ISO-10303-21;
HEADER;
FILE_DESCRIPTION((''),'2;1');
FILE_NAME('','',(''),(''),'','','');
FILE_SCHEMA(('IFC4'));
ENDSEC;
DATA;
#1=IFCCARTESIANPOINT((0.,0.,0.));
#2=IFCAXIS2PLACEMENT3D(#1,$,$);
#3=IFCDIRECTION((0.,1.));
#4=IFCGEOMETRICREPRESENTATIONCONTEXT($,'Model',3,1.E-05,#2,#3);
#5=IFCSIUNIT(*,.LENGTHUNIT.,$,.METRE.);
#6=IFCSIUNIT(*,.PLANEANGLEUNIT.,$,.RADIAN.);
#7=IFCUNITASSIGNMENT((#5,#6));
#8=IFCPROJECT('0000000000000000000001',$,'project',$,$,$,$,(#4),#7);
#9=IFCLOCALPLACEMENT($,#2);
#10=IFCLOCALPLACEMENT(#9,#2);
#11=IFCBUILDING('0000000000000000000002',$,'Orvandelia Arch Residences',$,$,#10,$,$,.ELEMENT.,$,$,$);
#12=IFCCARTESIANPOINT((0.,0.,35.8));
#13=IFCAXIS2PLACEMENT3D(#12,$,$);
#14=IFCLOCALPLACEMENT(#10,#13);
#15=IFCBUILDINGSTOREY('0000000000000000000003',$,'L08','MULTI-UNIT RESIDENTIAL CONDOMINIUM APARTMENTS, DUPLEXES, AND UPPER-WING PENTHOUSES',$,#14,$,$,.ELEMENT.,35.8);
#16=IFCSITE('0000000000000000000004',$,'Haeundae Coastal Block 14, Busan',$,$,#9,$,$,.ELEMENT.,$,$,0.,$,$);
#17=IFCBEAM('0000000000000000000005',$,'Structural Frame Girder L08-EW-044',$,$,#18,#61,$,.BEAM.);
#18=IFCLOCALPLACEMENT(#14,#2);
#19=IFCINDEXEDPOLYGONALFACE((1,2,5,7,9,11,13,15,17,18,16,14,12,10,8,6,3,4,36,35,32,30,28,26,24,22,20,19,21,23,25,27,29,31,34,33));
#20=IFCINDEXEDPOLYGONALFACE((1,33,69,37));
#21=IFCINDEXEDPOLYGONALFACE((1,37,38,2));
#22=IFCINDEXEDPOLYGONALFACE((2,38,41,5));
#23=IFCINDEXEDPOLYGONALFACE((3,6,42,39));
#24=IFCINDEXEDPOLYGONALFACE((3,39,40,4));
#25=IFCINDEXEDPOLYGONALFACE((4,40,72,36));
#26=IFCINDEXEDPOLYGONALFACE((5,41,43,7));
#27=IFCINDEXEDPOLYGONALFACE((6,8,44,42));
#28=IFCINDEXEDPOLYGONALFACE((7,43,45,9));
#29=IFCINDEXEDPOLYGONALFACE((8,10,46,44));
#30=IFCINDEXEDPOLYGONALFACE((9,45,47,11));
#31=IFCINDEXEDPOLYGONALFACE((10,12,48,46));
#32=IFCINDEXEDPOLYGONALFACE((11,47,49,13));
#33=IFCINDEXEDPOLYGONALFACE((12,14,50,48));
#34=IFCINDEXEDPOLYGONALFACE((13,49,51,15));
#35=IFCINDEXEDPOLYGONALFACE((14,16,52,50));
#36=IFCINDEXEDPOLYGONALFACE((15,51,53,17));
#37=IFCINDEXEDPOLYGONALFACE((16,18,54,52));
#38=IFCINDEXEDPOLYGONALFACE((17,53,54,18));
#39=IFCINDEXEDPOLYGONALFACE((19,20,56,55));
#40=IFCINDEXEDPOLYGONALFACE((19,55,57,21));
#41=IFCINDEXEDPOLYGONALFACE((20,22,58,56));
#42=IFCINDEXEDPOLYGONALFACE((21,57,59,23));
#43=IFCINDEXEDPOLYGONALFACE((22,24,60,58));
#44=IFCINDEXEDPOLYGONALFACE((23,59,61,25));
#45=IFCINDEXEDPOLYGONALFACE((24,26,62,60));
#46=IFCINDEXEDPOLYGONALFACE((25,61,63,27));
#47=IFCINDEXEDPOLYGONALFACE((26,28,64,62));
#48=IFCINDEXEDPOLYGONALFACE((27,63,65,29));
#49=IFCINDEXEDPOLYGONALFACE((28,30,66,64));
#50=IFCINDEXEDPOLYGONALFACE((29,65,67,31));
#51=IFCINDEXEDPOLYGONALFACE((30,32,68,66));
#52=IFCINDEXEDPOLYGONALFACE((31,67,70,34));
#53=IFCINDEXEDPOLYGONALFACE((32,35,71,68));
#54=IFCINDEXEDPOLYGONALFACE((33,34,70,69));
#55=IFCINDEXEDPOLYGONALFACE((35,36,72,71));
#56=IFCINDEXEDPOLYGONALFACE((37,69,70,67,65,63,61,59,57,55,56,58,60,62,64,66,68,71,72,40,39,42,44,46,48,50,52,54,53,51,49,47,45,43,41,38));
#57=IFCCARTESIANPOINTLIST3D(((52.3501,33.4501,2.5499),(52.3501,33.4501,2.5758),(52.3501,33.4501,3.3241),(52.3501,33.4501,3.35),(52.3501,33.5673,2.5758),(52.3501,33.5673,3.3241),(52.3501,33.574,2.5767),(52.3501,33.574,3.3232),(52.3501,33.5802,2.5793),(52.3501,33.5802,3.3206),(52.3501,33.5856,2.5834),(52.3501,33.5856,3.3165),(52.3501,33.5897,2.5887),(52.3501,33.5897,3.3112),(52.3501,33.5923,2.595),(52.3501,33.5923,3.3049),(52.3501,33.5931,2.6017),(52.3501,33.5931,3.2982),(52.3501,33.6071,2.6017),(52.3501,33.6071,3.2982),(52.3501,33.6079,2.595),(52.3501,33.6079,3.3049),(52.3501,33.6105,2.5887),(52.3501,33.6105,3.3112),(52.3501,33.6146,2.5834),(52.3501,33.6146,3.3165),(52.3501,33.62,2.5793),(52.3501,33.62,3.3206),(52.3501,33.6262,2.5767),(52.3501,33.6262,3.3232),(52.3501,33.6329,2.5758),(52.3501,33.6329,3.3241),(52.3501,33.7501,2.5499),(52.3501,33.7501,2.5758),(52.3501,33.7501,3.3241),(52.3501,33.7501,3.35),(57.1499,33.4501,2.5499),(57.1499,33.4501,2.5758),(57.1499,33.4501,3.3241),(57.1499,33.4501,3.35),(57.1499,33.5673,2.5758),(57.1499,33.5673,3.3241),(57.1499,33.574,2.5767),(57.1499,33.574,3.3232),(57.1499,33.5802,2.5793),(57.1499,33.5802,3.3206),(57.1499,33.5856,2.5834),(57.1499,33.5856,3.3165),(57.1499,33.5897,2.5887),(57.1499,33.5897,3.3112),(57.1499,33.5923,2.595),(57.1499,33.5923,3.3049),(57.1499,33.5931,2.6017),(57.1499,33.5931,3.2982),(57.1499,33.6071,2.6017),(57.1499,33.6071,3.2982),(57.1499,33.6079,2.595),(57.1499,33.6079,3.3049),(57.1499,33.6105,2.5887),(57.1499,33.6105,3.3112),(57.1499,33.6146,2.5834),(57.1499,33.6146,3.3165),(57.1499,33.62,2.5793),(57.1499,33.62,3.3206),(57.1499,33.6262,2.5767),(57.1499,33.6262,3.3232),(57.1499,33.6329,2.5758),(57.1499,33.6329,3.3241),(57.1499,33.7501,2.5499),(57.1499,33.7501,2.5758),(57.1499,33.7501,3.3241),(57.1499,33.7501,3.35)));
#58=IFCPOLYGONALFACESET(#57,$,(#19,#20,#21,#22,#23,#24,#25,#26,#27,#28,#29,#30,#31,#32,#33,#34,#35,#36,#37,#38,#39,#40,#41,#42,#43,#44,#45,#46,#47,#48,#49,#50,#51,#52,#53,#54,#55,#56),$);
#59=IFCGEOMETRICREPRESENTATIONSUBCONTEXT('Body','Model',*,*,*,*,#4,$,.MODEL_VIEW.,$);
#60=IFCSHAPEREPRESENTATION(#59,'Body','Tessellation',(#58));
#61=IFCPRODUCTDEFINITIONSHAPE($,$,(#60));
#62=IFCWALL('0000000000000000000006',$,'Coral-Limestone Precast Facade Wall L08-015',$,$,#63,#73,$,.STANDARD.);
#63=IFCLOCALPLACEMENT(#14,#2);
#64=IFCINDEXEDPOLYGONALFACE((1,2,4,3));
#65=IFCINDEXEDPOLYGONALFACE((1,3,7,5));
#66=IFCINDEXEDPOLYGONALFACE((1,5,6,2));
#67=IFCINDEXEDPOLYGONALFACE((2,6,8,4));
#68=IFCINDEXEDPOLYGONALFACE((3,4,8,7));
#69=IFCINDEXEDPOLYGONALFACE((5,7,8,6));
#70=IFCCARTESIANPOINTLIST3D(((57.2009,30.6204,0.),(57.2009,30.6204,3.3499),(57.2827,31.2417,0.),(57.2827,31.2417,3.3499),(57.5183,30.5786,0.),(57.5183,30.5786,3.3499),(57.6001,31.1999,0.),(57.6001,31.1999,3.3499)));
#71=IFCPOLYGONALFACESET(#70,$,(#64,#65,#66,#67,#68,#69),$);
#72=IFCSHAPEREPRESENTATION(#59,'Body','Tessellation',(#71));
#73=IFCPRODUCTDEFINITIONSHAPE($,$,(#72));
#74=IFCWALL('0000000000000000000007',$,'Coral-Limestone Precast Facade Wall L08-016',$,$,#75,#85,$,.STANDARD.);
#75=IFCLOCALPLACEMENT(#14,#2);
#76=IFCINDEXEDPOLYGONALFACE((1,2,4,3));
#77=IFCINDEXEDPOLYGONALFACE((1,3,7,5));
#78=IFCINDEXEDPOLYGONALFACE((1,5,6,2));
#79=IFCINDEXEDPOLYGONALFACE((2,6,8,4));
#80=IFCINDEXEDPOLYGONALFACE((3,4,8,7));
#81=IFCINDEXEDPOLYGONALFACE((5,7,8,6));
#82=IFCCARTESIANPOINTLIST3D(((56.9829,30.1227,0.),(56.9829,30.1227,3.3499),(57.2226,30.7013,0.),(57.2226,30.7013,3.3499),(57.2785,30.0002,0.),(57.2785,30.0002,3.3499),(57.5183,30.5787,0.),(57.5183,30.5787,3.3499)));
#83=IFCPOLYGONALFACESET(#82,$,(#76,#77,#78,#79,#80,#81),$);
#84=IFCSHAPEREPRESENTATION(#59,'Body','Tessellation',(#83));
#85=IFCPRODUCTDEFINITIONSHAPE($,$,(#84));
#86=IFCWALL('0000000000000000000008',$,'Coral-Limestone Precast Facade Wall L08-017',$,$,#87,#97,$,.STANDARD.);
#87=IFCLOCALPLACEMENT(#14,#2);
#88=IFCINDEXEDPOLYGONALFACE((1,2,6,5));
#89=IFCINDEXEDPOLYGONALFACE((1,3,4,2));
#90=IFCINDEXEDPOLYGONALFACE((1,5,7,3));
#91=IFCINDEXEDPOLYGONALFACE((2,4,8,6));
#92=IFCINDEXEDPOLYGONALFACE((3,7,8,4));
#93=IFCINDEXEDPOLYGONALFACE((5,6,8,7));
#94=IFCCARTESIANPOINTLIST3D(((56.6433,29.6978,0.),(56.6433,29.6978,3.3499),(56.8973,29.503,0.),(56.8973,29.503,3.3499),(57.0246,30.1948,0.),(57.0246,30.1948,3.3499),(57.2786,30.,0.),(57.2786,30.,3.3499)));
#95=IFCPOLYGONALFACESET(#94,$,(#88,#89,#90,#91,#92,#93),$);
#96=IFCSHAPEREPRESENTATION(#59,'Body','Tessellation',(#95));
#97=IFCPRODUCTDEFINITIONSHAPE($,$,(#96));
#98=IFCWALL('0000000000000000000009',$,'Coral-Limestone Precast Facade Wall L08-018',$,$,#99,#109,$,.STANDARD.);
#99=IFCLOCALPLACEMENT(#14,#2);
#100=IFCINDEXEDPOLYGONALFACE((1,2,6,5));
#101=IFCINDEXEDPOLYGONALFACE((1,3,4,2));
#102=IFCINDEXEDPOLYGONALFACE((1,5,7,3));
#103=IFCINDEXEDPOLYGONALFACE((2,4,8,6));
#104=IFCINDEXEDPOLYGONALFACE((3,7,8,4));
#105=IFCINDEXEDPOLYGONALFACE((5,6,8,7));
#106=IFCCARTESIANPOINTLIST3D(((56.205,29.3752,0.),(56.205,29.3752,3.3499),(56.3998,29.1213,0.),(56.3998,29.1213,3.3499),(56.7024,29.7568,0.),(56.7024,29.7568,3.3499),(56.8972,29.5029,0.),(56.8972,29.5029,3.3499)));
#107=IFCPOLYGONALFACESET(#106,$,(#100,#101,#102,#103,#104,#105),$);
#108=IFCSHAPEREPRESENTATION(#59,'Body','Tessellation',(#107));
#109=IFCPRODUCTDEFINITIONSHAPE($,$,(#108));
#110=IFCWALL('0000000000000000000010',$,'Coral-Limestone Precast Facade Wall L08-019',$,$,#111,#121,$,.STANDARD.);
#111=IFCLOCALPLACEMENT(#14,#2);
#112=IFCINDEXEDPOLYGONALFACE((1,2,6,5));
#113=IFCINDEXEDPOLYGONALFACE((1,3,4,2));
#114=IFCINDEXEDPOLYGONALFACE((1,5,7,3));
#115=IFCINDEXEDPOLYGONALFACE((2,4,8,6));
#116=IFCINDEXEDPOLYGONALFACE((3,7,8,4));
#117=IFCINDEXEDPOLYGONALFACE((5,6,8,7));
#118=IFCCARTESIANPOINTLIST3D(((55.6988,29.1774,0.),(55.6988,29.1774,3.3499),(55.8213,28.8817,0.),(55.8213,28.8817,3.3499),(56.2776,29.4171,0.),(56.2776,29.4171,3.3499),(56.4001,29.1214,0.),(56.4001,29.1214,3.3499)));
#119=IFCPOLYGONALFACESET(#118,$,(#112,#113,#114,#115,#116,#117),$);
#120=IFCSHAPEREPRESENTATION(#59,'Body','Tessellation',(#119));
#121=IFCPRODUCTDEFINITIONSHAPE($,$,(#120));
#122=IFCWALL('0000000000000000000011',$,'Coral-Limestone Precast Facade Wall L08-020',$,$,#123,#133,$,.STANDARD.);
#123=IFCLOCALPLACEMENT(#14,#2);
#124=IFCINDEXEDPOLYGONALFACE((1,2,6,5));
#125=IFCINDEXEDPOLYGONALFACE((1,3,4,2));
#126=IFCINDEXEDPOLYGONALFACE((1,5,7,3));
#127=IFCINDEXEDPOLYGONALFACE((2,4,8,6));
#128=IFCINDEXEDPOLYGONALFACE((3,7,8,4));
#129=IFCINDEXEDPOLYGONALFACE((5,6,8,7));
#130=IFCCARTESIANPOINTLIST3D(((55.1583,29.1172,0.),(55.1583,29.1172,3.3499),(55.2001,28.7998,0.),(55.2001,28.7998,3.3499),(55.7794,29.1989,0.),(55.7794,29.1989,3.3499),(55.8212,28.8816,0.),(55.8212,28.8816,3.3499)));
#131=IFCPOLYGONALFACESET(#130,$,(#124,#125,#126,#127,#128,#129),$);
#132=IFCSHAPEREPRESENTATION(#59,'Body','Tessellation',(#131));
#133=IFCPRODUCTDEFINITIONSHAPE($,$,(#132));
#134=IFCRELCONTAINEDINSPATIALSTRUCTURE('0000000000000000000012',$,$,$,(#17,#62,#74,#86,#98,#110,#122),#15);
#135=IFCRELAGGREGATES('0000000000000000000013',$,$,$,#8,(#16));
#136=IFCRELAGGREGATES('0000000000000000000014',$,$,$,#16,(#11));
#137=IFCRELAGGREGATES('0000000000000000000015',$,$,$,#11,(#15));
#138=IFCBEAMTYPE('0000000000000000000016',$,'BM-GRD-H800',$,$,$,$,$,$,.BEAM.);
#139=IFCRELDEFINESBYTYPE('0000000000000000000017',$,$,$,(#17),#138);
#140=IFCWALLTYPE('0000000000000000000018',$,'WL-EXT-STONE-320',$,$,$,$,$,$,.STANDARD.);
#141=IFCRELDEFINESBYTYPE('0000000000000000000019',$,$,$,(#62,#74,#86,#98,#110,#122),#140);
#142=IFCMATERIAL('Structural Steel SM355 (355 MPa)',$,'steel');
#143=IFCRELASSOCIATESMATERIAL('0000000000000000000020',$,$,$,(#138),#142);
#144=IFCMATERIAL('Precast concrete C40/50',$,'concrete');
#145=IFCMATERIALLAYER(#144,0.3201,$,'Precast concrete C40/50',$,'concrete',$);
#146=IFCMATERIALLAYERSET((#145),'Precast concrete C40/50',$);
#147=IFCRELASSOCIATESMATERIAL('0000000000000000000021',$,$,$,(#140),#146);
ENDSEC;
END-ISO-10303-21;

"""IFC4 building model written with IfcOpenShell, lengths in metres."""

from ifc_helpers import new_model, si_unit, direction, frame, frame_2d, origin, origin_2d, place, context, subcontext, project, spatial, rectangle, i_section, extrude, material, layer, layer_set, material_profile, profile_set, type_object, element, save


model = new_model("IFC4")

# Units and contexts
model_context = context("Model", 3, precision=1e-05, world=origin(), true_north=direction((0.0, 1.0)))
body_context = subcontext(model_context, "Body", "Model", "MODEL_VIEW")
ifc_project = project(units=[si_unit("LENGTHUNIT", "METRE"), si_unit("PLANEANGLEUNIT", "RADIAN")], contexts=[model_context])

# Site, building, storey
site_placement = place(None, origin())
site = spatial("IfcSite", under=ifc_project, at=site_placement, Name="Haeundae Coastal Block 14, Busan", CompositionType="ELEMENT", RefElevation=0.0)
building_placement = place(site_placement, origin())
building = spatial("IfcBuilding", under=site, at=building_placement, Name="Orvandelia Arch Residences", CompositionType="ELEMENT")
storey_placement = place(building_placement, frame((0.0, 0.0, 35.8)))
storey = spatial("IfcBuildingStorey", under=building, at=storey_placement, Name="L08", Description="MULTI-UNIT RESIDENTIAL CONDOMINIUM APARTMENTS, DUPLEXES, AND UPPER-WING PENTHOUSES", CompositionType="ELEMENT", Elevation=35.8)

# Beam
ifc_material_1 = material(Name="Structural Steel SM355 (355 MPa)", Category="steel")
ifc_material_profile_1 = material_profile(ifc_material_1, i_section(OverallWidth=0.3, OverallDepth=0.8, WebThickness=0.0139, FlangeThickness=0.0259, FilletRadius=0.0259, at=origin_2d()), Name="Structural Steel SM355 (355 MPa)", Category="steel")
ifc_profile_set_1 = profile_set([ifc_material_profile_1], Name="Structural Steel SM355 (355 MPa)")
beam_type = type_object("IfcBeamType", Name="BM-GRD-H800", PredefinedType="BEAM", material=ifc_profile_set_1)
for number, where, z_axis, x_axis, name in (
    (1, (52.3501, 33.6001, 2.95), (1.0, 0.0, 0.0), (0.0, 1.0, 0.0), "Structural Frame Girder L08-EW-044"),
):
    element("IfcBeam", number, at=place(storey_placement, frame(where, z_axis=z_axis, x_axis=x_axis)), inside=storey, type_object=beam_type, Name=name, PredefinedType="BEAM", context=body_context, shape_type="SweptSolid", body=[
        extrude(i_section(OverallWidth=0.3, OverallDepth=0.8, WebThickness=0.0139, FlangeThickness=0.0259, FilletRadius=0.0259, at=origin_2d()), origin(), (0.0, 0.0, 1.0), 4.7998),
    ])

# Walls
ifc_material_2 = material(Name="Precast concrete C40/50", Category="concrete")
ifc_layer_1 = layer(ifc_material_2, 0.3201, Name="Precast concrete C40/50", Category="concrete")
ifc_layer_set_1 = layer_set([ifc_layer_1], Name="Precast concrete C40/50")
wall_type_1 = type_object("IfcWallType", Name="WL-EXT-STONE-320", PredefinedType="STANDARD", material=ifc_layer_set_1)
wall_1_placement = place(storey_placement, frame((57.4414, 31.2209, 0.0), z_axis=(0.0, 0.0, 1.0), x_axis=(-0.130505, -0.991448, 0.0)))
element("IfcWall", 2, at=wall_1_placement, inside=storey, type_object=wall_type_1, Name="Coral-Limestone Precast Facade Wall L08-015", PredefinedType="STANDARD", context=body_context, shape_type="SweptSolid", body=[
    extrude(rectangle(XDim=0.6267, YDim=0.3201, at=frame_2d((0.3135, 0.0))), origin(), (0.0, 0.0, 1.0), 3.3499),
])
wall_2_placement = place(storey_placement, frame((57.3704, 30.6399, 0.0), z_axis=(0.0, 0.0, 1.0), x_axis=(-0.382788, -0.923836, 0.0)))
element("IfcWall", 3, at=wall_2_placement, inside=storey, type_object=wall_type_1, Name="Coral-Limestone Precast Facade Wall L08-016", PredefinedType="STANDARD", context=body_context, shape_type="SweptSolid", body=[
    extrude(rectangle(XDim=0.6262, YDim=0.3201, at=frame_2d((0.313, 0.0))), origin(), (0.0, 0.0, 1.0), 3.3499),
])
wall_3_placement = place(storey_placement, frame((57.1516, 30.0974, 0.0), z_axis=(0.0, 0.0, 1.0), x_axis=(-0.608693, -0.793406, 0.0)))
element("IfcWall", 4, at=wall_3_placement, inside=storey, type_object=wall_type_1, Name="Coral-Limestone Precast Facade Wall L08-017", PredefinedType="STANDARD", context=body_context, shape_type="SweptSolid", body=[
    extrude(rectangle(XDim=0.6265, YDim=0.3201, at=frame_2d((0.3132, 0.0))), origin(), (0.0, 0.0, 1.0), 3.3499),
])
wall_4_placement = place(storey_placement, frame((56.7998, 29.6299, 0.0), z_axis=(0.0, 0.0, 1.0), x_axis=(-0.793362, -0.60875, 0.0)))
element("IfcWall", 5, at=wall_4_placement, inside=storey, type_object=wall_type_1, Name="Coral-Limestone Precast Facade Wall L08-018", PredefinedType="STANDARD", context=body_context, shape_type="SweptSolid", body=[
    extrude(rectangle(XDim=0.627, YDim=0.3201, at=frame_2d((0.3135, 0.0))), origin(), (0.0, 0.0, 1.0), 3.3499),
])
for number, where, z_axis, x_axis, name in (
    (6, (56.3389, 29.2693, 0.0), (0.0, 0.0, 1.0), (-0.923893, -0.38265, 0.0), "Coral-Limestone Precast Facade Wall L08-019"),
    (7, (55.8003, 29.0403, 0.0), (0.0, 0.0, 1.0), (-0.991441, -0.130555, 0.0), "Coral-Limestone Precast Facade Wall L08-020"),
):
    element("IfcWall", number, at=place(storey_placement, frame(where, z_axis=z_axis, x_axis=x_axis)), inside=storey, type_object=wall_type_1, Name=name, PredefinedType="STANDARD", context=body_context, shape_type="SweptSolid", body=[
        extrude(rectangle(XDim=0.6265, YDim=0.3201, at=frame_2d((0.3132, 0.0))), origin(), (0.0, 0.0, 1.0), 3.3499),
    ])

save(model, "model.ifc")
